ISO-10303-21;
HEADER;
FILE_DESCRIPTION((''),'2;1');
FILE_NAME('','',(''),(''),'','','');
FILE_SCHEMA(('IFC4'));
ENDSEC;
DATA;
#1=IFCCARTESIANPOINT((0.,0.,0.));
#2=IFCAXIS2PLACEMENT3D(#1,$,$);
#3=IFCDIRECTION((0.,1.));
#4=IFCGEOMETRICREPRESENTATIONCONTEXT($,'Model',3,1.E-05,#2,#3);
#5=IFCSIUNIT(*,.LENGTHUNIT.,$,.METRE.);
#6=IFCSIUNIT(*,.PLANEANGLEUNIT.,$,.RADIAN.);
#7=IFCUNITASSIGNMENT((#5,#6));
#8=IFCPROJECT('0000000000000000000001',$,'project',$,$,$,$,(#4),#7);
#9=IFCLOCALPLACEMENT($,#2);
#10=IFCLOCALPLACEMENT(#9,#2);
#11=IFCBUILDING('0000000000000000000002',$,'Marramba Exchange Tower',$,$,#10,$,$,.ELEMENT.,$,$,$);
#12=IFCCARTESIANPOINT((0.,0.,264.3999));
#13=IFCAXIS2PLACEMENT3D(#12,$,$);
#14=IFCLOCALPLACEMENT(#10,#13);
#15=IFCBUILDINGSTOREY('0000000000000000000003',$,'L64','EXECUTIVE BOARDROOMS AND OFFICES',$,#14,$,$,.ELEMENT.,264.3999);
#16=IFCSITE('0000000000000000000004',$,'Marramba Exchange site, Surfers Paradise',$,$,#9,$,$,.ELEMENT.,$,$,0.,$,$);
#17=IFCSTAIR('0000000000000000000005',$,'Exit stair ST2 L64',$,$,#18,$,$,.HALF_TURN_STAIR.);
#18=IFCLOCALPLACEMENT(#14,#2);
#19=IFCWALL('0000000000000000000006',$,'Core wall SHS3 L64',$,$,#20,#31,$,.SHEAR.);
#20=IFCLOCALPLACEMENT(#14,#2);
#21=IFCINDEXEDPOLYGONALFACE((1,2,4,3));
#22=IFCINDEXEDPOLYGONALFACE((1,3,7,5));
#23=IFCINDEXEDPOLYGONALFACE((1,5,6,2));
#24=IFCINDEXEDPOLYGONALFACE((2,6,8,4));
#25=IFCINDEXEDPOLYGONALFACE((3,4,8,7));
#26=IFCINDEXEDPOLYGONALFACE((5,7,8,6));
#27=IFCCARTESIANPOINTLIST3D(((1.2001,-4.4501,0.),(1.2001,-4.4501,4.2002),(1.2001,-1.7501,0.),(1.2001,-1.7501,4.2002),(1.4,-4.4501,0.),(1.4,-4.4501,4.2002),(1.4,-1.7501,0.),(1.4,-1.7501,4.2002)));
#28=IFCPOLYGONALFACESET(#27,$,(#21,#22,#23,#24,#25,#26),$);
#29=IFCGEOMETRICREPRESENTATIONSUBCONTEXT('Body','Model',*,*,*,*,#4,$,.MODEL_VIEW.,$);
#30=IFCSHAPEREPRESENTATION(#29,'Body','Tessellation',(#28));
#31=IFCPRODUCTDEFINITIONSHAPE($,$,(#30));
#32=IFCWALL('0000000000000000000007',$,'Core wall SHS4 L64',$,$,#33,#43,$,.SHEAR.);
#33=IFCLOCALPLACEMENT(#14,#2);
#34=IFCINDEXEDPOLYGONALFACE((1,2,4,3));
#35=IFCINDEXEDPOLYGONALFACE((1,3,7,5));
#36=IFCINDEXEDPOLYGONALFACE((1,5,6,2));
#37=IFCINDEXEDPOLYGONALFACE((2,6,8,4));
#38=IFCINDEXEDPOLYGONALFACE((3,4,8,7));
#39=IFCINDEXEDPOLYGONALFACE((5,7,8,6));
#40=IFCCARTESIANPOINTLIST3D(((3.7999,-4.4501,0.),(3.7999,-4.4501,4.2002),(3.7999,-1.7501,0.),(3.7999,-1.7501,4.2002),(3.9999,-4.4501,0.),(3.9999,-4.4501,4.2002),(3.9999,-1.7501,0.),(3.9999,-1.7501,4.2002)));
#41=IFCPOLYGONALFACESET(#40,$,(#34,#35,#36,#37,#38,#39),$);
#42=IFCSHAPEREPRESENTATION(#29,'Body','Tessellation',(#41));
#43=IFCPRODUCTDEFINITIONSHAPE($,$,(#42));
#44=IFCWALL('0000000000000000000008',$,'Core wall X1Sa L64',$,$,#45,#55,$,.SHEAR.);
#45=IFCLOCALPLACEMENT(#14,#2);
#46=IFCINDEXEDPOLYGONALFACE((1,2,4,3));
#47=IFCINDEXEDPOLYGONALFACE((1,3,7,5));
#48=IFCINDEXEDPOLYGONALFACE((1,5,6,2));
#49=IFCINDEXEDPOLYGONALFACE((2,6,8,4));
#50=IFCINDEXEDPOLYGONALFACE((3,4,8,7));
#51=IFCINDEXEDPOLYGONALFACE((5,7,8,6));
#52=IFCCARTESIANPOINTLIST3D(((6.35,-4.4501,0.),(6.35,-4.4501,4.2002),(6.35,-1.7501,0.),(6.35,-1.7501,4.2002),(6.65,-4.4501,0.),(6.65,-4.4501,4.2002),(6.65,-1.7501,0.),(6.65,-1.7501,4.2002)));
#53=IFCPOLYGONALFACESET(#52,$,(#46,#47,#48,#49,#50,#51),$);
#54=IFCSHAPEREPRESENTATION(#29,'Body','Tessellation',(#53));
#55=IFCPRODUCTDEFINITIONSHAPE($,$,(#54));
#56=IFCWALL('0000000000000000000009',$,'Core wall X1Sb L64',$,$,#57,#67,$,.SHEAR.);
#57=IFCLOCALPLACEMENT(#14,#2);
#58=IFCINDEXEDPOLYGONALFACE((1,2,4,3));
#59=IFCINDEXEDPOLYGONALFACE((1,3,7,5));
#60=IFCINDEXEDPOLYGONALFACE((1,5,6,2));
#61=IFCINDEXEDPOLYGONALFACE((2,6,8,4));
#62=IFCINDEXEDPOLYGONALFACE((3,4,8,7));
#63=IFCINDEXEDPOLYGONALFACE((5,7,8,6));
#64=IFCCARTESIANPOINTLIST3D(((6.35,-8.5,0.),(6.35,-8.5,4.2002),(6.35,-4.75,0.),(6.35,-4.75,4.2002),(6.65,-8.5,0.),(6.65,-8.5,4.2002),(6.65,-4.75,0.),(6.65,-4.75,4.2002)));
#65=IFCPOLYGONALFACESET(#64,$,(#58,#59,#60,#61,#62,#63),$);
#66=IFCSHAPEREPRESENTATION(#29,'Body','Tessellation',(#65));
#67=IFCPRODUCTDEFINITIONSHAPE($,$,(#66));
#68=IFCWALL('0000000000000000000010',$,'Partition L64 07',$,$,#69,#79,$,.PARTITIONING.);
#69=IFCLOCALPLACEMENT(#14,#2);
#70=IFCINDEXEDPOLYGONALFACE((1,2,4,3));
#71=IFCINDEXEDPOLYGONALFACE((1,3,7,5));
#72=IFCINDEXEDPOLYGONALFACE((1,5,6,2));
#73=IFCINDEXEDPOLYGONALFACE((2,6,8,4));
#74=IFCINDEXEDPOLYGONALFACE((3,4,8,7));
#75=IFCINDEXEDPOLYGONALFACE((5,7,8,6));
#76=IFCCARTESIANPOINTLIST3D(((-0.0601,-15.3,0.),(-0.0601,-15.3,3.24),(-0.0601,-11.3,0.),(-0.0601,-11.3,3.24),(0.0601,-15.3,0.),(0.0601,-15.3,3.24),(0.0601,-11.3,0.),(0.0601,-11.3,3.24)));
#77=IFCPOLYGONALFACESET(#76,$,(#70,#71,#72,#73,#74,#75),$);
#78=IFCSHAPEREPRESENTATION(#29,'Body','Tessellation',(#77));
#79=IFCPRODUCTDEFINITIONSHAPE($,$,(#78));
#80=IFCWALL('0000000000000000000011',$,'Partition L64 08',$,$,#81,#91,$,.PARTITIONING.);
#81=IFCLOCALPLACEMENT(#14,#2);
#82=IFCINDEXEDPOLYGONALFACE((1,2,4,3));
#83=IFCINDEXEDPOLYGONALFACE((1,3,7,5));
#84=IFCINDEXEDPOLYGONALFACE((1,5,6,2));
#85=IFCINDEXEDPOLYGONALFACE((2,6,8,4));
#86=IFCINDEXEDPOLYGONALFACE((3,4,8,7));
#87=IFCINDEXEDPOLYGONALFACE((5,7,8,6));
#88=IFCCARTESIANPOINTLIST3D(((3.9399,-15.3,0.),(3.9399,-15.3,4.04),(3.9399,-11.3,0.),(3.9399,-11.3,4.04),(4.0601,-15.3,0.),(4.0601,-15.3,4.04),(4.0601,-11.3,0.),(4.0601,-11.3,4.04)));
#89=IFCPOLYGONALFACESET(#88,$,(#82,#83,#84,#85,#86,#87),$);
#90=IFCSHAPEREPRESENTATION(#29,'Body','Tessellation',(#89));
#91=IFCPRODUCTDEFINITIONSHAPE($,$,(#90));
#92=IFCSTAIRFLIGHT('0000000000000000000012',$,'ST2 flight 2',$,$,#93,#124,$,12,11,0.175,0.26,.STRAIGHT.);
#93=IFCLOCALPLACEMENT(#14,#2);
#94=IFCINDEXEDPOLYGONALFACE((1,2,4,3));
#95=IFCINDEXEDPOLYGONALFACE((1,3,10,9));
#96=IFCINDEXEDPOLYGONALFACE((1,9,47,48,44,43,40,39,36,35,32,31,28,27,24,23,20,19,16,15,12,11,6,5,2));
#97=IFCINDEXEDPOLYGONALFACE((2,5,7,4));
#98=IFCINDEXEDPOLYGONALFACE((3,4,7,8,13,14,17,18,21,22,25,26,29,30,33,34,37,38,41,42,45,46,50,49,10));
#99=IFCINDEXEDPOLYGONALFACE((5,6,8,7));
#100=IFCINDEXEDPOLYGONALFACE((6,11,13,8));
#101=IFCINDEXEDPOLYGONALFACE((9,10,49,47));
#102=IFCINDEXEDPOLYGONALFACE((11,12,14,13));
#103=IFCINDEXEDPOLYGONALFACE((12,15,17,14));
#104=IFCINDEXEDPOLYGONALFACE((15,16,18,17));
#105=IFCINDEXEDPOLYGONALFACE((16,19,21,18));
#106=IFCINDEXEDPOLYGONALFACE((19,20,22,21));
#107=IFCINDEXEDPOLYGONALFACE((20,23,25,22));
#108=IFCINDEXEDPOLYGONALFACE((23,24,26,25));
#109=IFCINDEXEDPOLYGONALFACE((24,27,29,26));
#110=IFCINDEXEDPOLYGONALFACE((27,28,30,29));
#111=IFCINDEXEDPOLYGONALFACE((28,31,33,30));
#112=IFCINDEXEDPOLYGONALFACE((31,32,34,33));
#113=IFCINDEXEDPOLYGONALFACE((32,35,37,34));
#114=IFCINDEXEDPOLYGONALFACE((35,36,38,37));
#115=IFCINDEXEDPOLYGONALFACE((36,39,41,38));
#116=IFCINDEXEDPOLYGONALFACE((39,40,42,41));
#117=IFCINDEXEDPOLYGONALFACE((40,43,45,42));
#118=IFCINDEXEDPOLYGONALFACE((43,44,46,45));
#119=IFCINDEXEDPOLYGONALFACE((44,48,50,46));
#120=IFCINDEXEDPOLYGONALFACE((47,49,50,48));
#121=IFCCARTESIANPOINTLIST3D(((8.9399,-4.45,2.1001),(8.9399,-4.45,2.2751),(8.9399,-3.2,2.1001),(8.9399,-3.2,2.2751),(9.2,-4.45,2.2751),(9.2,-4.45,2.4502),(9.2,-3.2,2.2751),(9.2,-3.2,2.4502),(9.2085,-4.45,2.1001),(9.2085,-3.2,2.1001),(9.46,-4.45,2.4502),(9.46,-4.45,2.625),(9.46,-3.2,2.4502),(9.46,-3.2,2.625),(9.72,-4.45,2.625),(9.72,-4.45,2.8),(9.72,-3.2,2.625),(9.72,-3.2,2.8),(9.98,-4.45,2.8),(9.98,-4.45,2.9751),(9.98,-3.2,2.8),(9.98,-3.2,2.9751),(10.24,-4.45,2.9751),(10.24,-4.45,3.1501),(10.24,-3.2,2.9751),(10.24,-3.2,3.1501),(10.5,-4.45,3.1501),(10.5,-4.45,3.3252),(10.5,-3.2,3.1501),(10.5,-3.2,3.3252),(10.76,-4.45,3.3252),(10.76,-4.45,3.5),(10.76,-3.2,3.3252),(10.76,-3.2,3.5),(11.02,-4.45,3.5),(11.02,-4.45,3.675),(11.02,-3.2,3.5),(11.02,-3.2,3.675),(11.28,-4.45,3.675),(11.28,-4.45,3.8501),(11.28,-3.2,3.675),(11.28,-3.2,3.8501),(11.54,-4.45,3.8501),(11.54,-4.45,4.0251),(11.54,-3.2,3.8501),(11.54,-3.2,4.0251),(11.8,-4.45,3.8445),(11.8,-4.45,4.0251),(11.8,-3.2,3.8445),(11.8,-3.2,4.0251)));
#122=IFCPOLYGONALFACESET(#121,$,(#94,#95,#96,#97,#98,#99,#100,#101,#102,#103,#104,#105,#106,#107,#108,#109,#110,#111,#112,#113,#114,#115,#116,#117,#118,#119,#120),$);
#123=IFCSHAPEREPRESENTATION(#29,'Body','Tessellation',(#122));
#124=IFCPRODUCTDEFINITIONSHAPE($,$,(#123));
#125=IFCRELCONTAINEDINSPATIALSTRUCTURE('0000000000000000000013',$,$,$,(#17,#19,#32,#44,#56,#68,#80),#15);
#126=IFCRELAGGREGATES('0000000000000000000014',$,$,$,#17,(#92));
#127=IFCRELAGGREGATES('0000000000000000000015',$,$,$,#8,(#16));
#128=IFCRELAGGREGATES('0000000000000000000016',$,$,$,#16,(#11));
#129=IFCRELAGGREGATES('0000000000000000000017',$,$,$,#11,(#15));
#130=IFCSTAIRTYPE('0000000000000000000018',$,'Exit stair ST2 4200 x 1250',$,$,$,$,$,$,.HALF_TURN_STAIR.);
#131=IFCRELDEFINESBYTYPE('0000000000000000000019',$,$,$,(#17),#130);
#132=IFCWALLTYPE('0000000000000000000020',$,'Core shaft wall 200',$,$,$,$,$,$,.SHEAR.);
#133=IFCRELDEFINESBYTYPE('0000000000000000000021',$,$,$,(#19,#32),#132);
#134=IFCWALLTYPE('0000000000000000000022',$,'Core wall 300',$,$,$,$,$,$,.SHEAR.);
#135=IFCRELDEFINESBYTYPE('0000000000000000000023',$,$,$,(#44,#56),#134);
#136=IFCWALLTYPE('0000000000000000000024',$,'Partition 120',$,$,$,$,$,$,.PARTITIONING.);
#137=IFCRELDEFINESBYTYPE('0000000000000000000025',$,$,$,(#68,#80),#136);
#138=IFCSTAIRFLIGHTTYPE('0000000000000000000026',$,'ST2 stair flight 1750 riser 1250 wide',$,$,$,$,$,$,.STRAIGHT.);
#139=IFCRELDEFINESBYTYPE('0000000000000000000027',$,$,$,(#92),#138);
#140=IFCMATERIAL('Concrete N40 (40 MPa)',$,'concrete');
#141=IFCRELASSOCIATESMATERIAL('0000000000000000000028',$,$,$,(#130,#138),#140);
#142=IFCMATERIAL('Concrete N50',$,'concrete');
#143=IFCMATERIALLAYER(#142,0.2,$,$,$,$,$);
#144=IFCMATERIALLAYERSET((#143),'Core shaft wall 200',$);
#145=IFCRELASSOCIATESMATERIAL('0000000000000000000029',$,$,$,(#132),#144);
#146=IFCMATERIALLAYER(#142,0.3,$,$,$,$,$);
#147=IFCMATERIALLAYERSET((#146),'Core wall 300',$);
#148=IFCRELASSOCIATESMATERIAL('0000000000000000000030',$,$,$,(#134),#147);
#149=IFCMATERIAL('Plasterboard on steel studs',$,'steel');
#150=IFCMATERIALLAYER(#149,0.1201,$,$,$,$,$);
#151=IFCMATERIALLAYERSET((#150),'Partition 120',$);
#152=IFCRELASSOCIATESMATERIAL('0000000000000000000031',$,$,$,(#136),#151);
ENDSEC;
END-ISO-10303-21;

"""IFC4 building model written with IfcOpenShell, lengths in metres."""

from ifc_helpers import new_model, si_unit, direction, frame, frame_2d, origin, place, context, subcontext, project, spatial, polyline, rectangle, outline, extrude, material, layer, layer_set, type_object, element, aggregate, save


model = new_model("IFC4")

# Units and contexts
model_context = context("Model", 3, precision=1e-05, world=origin(), true_north=direction((0.0, 1.0)))
body_context = subcontext(model_context, "Body", "Model", "MODEL_VIEW")
ifc_project = project(units=[si_unit("LENGTHUNIT", "METRE"), si_unit("PLANEANGLEUNIT", "RADIAN")], contexts=[model_context])

# Site, building, storey
site_placement = place(None, origin())
site = spatial("IfcSite", under=ifc_project, at=site_placement, Name="Marramba Exchange site, Surfers Paradise", CompositionType="ELEMENT", RefElevation=0.0)
building_placement = place(site_placement, origin())
building = spatial("IfcBuilding", under=site, at=building_placement, Name="Marramba Exchange Tower", CompositionType="ELEMENT")
storey_placement = place(building_placement, frame((0.0, 0.0, 264.3999)))
storey = spatial("IfcBuildingStorey", under=building, at=storey_placement, Name="L64", Description="EXECUTIVE BOARDROOMS AND OFFICES", CompositionType="ELEMENT", Elevation=264.3999)

# Stair
ifc_material_1 = material(Name="Concrete N40 (40 MPa)", Category="concrete")
stair_type_1 = type_object("IfcStairType", Name="Exit stair ST2 4200 x 1250", PredefinedType="HALF_TURN_STAIR", material=ifc_material_1)
stair_1_placement = place(storey_placement, origin())
stair_1 = element("IfcStair", 1, at=stair_1_placement, inside=storey, type_object=stair_type_1, Name="Exit stair ST2 L64", PredefinedType="HALF_TURN_STAIR")

# Walls
ifc_material_2 = material(Name="Concrete N50", Category="concrete")
ifc_layer_1 = layer(ifc_material_2, 0.2)
ifc_layer_set_1 = layer_set([ifc_layer_1], Name="Core shaft wall 200")
wall_type_1 = type_object("IfcWallType", Name="Core shaft wall 200", PredefinedType="SHEAR", material=ifc_layer_set_1)
for number, where, z_axis, x_axis, name in (
    (2, (1.3, -1.75, 0.0), (0.0, 0.0, 1.0), (0.0, -1.0, 0.0), "Core wall SHS3 L64"),
    (3, (3.8999, -1.75, 0.0), (0.0, 0.0, 1.0), (0.0, -1.0, 0.0), "Core wall SHS4 L64"),
):
    element("IfcWall", number, at=place(storey_placement, frame(where, z_axis=z_axis, x_axis=x_axis)), inside=storey, type_object=wall_type_1, Name=name, PredefinedType="SHEAR", context=body_context, shape_type="SweptSolid", body=[
        extrude(rectangle(XDim=2.7, YDim=0.2, at=frame_2d((1.3501, 0.0))), origin(), (0.0, 0.0, 1.0), 4.2002),
    ])
ifc_layer_2 = layer(ifc_material_2, 0.3)
ifc_layer_set_2 = layer_set([ifc_layer_2], Name="Core wall 300")
wall_type_2 = type_object("IfcWallType", Name="Core wall 300", PredefinedType="SHEAR", material=ifc_layer_set_2)
wall_1_placement = place(storey_placement, frame((6.5, -1.75, 0.0), z_axis=(0.0, 0.0, 1.0), x_axis=(0.0, -1.0, 0.0)))
element("IfcWall", 4, at=wall_1_placement, inside=storey, type_object=wall_type_2, Name="Core wall X1Sa L64", PredefinedType="SHEAR", context=body_context, shape_type="SweptSolid", body=[
    extrude(rectangle(XDim=2.7, YDim=0.3, at=frame_2d((1.3501, 0.0))), origin(), (0.0, 0.0, 1.0), 4.2002),
])
wall_2_placement = place(storey_placement, frame((6.5, -4.75, 0.0), z_axis=(0.0, 0.0, 1.0), x_axis=(0.0, -1.0, 0.0)))
element("IfcWall", 5, at=wall_2_placement, inside=storey, type_object=wall_type_2, Name="Core wall X1Sb L64", PredefinedType="SHEAR", context=body_context, shape_type="SweptSolid", body=[
    extrude(rectangle(XDim=3.75, YDim=0.3, at=frame_2d((1.875, 0.0))), origin(), (0.0, 0.0, 1.0), 4.2002),
])
ifc_material_3 = material(Name="Plasterboard on steel studs", Category="steel")
ifc_layer_3 = layer(ifc_material_3, 0.1201)
ifc_layer_set_3 = layer_set([ifc_layer_3], Name="Partition 120")
wall_type_3 = type_object("IfcWallType", Name="Partition 120", PredefinedType="PARTITIONING", material=ifc_layer_set_3)
wall_3_placement = place(storey_placement, frame((0.0, -11.3, 0.0), z_axis=(0.0, 0.0, 1.0), x_axis=(0.0, -1.0, 0.0)))
element("IfcWall", 6, at=wall_3_placement, inside=storey, type_object=wall_type_3, Name="Partition L64 07", PredefinedType="PARTITIONING", context=body_context, shape_type="SweptSolid", body=[
    extrude(rectangle(XDim=4.0, YDim=0.1201, at=frame_2d((2.0, 0.0))), origin(), (0.0, 0.0, 1.0), 3.24),
])
wall_4_placement = place(storey_placement, frame((4.0, -11.3, 0.0), z_axis=(0.0, 0.0, 1.0), x_axis=(0.0, -1.0, 0.0)))
element("IfcWall", 7, at=wall_4_placement, inside=storey, type_object=wall_type_3, Name="Partition L64 08", PredefinedType="PARTITIONING", context=body_context, shape_type="SweptSolid", body=[
    extrude(rectangle(XDim=4.0, YDim=0.1201, at=frame_2d((2.0, 0.0))), origin(), (0.0, 0.0, 1.0), 4.04),
])

# Stair flight
stair_flight_type = type_object("IfcStairFlightType", Name="ST2 stair flight 1750 riser 1250 wide", PredefinedType="STRAIGHT", material=ifc_material_1)
stair_flight_placement = place(storey_placement, frame((8.9399, -3.825, 2.1001), z_axis=(0.0, 0.0, 1.0), x_axis=(1.0, 0.0, 0.0)))
stair_flight = element("IfcStairFlight", 8, at=stair_flight_placement, type_object=stair_flight_type, Name="ST2 flight 2", NumberOfRisers=12, NumberOfTreads=11, PredefinedType="STRAIGHT", RiserHeight=0.175, TreadLength=0.26, context=body_context, shape_type="SweptSolid", body=[
    extrude(outline(polyline([(0.0, 0.0), (0.0, 0.175), (0.26, 0.175), (0.26, 0.3501), (0.52, 0.3501), (0.52, 0.5249), (0.78, 0.5249), (0.78, 0.7), (1.04, 0.7), (1.04, 0.875), (1.3, 0.875), (1.3, 1.05), (1.5601, 1.05), (1.5601, 1.2251), (1.8201, 1.2251), (1.8201, 1.3999), (2.0801, 1.3999), (2.0801, 1.575), (2.3401, 1.575), (2.3401, 1.75), (2.6001, 1.75), (2.6001, 1.925), (2.8601, 1.925), (2.8601, 2.1001), (2.8601, 1.7444), (0.2686, 0.0), (0.0, 0.0)])), frame((0.0, 0.625, 0.0), z_axis=(0.0, -1.0, 0.0), x_axis=(1.0, 0.0, 0.0)), (0.0, 0.0, 1.0), 1.25),
])
aggregate(stair_1, [stair_flight])

save(model, "model.ifc")
